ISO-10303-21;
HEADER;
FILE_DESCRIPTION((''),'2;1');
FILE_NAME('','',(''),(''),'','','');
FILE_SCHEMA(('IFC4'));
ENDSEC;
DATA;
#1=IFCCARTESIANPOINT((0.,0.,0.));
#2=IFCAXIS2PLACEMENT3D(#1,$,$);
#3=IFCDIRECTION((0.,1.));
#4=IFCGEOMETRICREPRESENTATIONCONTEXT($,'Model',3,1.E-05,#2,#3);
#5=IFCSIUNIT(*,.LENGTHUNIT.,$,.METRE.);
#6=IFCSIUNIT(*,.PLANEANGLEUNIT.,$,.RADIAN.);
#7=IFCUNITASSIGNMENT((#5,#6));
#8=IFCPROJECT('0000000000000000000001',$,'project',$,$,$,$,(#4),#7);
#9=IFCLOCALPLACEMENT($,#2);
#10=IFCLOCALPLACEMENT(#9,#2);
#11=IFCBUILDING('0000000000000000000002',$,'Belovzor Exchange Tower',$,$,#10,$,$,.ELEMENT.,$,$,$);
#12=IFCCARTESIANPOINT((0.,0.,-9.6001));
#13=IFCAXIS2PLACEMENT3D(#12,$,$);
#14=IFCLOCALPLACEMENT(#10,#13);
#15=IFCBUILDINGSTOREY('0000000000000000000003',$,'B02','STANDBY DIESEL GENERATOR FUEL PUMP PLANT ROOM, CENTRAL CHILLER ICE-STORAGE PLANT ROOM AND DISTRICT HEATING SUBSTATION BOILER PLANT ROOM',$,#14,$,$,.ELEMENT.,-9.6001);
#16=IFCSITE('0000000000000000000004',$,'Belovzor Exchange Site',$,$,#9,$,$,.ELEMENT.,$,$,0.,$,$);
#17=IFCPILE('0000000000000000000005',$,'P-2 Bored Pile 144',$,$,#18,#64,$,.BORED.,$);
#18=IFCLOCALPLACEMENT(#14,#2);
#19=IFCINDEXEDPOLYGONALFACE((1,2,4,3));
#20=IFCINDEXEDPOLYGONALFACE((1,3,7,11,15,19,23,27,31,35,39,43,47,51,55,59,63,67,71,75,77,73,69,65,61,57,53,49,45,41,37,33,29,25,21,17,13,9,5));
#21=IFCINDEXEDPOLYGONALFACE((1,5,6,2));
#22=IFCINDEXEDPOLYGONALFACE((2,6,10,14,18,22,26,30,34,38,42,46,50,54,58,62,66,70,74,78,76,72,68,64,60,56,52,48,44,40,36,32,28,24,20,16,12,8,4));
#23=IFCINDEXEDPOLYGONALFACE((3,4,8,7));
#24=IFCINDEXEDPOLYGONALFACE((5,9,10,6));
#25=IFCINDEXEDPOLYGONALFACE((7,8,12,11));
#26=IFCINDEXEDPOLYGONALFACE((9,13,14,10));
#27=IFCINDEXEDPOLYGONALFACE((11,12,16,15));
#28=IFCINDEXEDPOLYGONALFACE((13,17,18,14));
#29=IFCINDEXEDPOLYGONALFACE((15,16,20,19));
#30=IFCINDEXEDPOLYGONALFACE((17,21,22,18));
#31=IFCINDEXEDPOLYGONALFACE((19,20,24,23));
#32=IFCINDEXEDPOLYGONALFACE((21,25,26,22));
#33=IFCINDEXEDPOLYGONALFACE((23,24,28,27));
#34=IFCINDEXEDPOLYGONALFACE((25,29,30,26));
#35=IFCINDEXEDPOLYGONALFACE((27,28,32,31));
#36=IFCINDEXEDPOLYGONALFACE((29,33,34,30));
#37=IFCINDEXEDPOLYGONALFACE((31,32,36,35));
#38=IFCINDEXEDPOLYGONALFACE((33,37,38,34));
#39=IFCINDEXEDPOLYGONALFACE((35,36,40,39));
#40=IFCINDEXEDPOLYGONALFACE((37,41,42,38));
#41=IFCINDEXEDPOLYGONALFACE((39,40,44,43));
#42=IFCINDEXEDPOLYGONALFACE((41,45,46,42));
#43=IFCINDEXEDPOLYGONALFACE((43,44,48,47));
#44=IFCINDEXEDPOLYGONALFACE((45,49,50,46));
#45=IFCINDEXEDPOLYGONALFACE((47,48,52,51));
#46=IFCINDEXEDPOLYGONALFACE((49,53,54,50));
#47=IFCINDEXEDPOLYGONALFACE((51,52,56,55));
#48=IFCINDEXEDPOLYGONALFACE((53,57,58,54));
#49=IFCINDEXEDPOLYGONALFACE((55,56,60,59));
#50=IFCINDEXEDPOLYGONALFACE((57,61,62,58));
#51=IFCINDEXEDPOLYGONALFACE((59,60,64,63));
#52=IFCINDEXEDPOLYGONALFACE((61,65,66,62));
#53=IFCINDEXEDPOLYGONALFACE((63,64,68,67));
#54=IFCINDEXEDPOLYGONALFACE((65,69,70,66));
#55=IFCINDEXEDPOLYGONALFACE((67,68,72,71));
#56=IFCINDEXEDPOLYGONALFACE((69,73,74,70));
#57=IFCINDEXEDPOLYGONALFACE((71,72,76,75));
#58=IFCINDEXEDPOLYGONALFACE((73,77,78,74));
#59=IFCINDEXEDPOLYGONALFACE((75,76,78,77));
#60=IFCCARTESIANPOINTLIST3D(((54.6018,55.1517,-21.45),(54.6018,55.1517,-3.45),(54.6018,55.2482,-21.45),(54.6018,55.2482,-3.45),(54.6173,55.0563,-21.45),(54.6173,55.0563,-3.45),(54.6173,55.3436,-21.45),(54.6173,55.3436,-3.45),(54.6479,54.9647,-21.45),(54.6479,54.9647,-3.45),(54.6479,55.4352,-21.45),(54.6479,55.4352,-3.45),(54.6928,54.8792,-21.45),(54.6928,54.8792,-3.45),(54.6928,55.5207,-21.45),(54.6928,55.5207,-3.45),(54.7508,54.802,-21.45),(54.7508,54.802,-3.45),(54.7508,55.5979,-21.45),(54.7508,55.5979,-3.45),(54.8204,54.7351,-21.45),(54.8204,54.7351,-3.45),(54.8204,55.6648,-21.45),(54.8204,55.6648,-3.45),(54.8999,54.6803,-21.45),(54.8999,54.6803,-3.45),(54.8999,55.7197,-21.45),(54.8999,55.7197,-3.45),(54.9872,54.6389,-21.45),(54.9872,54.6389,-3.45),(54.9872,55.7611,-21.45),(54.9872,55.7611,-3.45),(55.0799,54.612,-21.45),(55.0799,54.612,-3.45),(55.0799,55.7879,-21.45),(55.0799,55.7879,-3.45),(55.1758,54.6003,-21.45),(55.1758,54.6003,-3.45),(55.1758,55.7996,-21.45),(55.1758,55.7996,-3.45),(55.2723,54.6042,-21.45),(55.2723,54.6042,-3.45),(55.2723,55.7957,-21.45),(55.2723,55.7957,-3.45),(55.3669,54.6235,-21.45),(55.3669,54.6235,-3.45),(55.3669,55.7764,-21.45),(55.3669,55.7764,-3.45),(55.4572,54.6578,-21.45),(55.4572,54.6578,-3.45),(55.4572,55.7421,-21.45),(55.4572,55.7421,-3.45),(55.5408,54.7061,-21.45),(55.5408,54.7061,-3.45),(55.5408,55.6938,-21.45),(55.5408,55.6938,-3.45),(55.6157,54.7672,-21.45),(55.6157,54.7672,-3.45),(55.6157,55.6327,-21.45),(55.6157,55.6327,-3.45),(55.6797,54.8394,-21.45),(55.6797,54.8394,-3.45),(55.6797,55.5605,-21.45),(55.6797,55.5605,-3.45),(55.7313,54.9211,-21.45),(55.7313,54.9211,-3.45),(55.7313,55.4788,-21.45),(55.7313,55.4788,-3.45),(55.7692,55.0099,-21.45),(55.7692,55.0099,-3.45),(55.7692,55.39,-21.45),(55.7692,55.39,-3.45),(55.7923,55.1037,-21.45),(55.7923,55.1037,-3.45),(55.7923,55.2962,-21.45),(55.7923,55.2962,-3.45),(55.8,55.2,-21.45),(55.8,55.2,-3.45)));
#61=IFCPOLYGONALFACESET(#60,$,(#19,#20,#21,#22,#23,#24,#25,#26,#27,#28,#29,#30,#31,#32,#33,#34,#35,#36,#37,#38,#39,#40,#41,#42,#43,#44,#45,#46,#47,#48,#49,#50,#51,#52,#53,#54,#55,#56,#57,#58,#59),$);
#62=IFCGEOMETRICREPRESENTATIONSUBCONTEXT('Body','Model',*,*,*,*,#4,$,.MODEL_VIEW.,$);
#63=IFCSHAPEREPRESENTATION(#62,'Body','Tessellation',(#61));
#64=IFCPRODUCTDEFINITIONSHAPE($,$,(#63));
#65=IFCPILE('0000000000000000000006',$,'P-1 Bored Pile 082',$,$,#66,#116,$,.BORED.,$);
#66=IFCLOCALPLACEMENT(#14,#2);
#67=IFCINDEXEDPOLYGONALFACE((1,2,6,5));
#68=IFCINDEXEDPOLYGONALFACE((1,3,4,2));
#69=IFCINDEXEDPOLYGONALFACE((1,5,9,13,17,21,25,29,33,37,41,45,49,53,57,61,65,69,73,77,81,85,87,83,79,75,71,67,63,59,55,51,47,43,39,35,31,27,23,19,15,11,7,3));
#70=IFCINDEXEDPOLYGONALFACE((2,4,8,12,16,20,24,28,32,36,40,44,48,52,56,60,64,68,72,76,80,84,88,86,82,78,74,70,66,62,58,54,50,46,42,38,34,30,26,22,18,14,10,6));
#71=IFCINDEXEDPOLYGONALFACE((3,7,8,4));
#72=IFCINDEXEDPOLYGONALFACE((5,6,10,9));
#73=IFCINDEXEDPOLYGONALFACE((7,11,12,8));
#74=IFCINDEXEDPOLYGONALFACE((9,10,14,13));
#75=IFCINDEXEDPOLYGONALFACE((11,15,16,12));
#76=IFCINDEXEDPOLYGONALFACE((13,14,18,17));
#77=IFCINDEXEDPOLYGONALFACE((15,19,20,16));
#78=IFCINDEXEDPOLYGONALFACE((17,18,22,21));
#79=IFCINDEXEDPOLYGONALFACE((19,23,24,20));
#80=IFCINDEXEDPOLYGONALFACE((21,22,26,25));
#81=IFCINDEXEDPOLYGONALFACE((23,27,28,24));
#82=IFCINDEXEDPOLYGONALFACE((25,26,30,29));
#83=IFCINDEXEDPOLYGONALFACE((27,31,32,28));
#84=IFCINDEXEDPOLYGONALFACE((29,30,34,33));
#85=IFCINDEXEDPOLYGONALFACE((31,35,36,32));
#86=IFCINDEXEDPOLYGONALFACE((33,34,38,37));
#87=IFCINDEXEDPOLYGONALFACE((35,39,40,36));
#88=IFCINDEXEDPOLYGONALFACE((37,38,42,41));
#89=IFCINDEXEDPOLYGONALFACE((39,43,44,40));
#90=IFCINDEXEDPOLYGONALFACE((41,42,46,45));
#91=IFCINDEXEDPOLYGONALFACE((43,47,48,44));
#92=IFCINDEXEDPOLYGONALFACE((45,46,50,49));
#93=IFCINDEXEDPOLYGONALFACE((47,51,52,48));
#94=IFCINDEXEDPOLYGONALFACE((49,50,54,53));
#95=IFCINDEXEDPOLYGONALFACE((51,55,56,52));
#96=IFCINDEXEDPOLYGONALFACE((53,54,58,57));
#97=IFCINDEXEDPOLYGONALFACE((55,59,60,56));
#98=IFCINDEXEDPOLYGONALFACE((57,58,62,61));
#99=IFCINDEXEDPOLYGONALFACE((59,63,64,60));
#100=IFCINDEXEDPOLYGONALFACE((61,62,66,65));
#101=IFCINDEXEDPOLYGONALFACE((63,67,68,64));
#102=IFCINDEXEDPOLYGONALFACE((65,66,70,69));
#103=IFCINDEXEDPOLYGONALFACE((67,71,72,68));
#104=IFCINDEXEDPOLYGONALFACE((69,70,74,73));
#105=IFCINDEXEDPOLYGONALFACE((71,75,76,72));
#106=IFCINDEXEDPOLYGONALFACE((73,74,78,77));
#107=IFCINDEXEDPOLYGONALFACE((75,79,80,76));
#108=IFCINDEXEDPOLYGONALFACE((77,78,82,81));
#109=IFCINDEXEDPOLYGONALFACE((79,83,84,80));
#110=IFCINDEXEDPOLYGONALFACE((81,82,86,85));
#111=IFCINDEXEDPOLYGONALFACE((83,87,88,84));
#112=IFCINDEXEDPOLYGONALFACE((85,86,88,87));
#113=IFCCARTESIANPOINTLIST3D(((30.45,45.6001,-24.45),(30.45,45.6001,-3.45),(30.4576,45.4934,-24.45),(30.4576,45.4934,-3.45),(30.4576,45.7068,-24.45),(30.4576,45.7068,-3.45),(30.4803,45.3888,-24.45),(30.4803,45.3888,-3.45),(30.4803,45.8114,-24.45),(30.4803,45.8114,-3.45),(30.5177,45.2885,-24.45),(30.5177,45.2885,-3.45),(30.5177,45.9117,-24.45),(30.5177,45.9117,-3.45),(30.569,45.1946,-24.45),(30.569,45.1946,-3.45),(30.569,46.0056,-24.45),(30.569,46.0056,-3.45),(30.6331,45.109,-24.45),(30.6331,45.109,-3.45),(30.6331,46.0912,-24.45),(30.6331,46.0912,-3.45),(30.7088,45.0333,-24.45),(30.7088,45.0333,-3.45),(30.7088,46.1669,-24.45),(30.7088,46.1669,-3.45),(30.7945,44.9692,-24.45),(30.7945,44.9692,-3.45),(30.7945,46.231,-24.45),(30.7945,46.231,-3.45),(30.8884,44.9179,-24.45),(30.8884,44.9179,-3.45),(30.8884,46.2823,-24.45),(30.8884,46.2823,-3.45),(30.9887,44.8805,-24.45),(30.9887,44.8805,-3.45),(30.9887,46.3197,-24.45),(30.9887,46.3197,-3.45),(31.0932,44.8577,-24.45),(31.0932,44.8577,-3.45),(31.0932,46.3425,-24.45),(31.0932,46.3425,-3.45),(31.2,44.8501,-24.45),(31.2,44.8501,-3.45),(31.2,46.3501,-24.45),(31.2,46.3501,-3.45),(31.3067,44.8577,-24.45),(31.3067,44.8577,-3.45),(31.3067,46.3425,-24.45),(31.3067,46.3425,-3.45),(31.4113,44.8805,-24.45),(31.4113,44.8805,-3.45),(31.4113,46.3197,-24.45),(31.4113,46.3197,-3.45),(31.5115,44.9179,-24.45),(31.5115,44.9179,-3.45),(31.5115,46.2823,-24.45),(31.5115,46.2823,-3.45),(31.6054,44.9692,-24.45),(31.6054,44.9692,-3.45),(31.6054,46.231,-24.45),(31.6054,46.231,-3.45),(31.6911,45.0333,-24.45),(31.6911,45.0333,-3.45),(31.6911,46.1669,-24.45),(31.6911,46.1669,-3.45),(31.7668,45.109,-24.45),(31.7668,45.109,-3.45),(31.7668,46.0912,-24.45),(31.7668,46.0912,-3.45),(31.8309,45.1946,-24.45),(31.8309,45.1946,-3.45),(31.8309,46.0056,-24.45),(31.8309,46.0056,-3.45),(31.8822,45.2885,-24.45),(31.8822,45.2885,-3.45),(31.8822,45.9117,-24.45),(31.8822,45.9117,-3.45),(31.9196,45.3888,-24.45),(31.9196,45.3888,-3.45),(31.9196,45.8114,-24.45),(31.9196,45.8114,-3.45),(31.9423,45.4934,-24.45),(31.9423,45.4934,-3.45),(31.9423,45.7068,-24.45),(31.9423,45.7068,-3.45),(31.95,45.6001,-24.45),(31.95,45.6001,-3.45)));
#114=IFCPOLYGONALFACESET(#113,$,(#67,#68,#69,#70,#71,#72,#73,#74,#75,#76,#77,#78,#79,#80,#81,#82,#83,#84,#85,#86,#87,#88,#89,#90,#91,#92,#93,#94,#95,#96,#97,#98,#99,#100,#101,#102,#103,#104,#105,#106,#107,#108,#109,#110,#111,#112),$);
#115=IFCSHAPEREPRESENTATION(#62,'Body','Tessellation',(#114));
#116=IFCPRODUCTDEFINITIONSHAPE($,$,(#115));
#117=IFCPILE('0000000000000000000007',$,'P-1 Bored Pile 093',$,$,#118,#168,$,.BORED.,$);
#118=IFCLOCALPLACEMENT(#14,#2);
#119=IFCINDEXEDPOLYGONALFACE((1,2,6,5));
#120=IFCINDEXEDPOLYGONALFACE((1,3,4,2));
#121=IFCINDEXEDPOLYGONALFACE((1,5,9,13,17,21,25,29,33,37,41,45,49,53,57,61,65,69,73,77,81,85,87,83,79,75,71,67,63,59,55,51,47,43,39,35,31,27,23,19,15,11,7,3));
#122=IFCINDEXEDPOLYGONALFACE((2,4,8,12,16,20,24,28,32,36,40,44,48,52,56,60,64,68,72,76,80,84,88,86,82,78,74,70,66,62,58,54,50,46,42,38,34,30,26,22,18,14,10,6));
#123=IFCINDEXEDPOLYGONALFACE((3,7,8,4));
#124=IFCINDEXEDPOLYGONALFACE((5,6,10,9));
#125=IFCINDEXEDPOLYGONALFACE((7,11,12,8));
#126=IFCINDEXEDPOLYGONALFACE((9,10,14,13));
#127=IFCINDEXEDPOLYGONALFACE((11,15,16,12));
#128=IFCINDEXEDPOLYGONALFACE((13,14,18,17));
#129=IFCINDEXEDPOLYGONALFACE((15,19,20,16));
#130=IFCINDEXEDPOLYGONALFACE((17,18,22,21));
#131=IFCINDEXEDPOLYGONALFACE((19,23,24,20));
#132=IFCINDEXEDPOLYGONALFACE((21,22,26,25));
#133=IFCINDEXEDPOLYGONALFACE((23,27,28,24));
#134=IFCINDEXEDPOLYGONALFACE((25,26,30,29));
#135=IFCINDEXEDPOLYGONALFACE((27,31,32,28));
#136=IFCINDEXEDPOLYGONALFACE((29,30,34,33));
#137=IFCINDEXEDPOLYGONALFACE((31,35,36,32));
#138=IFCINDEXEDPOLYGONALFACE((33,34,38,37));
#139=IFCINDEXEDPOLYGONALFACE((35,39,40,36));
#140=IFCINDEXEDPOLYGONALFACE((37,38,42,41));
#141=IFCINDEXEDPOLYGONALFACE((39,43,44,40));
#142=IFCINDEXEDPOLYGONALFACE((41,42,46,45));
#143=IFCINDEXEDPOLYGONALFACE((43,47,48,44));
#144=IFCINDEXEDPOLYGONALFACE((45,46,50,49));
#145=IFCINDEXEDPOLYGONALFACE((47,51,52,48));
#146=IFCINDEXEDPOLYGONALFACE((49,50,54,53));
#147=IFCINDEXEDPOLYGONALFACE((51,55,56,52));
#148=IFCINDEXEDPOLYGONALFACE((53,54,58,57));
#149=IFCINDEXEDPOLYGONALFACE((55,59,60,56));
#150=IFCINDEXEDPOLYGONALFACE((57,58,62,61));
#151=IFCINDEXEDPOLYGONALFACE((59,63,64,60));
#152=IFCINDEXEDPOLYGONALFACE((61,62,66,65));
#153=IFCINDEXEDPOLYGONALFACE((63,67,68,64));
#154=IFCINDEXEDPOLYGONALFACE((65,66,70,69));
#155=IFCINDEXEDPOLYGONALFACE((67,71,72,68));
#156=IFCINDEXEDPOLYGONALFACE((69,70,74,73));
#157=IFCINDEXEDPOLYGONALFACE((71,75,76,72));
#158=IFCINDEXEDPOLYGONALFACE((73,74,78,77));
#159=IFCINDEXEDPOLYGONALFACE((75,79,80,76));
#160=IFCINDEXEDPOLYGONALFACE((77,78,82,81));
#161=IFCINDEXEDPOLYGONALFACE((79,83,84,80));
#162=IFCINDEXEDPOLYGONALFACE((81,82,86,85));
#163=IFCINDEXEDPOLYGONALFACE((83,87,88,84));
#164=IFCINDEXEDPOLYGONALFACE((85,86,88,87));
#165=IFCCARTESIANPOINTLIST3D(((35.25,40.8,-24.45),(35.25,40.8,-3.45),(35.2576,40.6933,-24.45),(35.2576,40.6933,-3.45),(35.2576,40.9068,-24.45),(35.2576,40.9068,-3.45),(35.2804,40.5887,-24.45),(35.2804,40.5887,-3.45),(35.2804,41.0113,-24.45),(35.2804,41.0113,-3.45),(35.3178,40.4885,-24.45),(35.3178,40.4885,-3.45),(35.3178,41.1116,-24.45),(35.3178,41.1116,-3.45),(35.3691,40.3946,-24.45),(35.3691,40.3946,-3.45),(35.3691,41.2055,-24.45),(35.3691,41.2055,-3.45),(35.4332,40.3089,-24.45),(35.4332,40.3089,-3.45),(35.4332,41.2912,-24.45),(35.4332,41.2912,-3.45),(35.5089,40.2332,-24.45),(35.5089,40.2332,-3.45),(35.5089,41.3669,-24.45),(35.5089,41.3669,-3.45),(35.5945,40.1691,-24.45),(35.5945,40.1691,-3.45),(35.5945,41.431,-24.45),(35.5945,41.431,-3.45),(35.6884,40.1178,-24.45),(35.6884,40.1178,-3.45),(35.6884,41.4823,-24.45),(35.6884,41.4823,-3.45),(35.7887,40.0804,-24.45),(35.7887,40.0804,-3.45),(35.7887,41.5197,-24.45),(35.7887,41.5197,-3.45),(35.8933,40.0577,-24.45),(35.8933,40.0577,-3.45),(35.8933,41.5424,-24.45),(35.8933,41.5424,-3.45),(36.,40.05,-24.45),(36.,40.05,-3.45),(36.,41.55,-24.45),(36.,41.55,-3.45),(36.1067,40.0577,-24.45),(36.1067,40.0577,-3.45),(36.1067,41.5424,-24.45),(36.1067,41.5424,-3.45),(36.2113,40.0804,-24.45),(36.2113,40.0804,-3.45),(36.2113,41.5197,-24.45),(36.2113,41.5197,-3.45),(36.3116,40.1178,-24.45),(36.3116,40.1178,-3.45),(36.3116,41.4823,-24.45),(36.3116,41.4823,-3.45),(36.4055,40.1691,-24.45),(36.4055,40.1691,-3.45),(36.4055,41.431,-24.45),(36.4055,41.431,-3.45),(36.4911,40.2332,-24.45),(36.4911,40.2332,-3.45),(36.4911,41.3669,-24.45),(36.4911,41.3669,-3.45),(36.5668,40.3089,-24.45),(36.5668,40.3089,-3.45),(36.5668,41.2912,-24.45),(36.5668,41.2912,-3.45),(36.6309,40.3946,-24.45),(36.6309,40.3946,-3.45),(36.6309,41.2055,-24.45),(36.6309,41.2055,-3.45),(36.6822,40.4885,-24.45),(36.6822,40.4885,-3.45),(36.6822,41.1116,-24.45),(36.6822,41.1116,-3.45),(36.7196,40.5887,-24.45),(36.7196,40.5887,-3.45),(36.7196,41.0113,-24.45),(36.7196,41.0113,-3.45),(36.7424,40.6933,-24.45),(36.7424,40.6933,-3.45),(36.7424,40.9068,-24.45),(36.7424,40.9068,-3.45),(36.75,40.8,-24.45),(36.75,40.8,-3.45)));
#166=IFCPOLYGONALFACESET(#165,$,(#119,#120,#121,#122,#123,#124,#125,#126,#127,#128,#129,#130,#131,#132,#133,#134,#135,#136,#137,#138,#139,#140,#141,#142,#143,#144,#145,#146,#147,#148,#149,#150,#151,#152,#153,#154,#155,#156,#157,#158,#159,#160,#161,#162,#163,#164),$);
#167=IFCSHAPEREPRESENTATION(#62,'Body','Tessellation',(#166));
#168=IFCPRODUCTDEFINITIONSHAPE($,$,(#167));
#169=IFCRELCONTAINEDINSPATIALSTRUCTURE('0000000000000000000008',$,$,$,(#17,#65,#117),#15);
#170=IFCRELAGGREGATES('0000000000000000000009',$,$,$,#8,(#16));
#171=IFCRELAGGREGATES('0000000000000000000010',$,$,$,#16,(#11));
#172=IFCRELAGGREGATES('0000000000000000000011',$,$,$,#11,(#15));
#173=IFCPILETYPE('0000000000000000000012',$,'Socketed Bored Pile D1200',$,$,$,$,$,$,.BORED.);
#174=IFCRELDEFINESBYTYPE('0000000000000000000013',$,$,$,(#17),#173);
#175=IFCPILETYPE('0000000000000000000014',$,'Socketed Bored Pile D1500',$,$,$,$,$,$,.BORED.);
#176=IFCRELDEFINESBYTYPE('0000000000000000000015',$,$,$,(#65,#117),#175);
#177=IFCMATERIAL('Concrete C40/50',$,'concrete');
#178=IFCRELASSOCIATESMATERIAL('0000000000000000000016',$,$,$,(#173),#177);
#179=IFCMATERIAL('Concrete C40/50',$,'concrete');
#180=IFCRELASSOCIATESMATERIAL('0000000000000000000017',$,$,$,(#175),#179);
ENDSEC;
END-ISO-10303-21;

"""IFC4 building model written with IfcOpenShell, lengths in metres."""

from ifc_helpers import new_model, si_unit, direction, frame, origin, origin_2d, place, context, subcontext, project, spatial, circle, extrude, material, material_profile, profile_set, type_object, element, save


model = new_model("IFC4")

# Units and contexts
model_context = context("Model", 3, precision=1e-05, world=origin(), true_north=direction((0.0, 1.0)))
body_context = subcontext(model_context, "Body", "Model", "MODEL_VIEW")
ifc_project = project(units=[si_unit("LENGTHUNIT", "METRE"), si_unit("PLANEANGLEUNIT", "RADIAN")], contexts=[model_context])

# Site, building, storey
site_placement = place(None, origin())
site = spatial("IfcSite", under=ifc_project, at=site_placement, Name="Belovzor Exchange Site", CompositionType="ELEMENT", RefElevation=0.0)
building_placement = place(site_placement, origin())
building = spatial("IfcBuilding", under=site, at=building_placement, Name="Belovzor Exchange Tower", CompositionType="ELEMENT")
storey_placement = place(building_placement, frame((0.0, 0.0, -9.6001)))
storey = spatial("IfcBuildingStorey", under=building, at=storey_placement, Name="B02", Description="STANDBY DIESEL GENERATOR FUEL PUMP PLANT ROOM, CENTRAL CHILLER ICE-STORAGE PLANT ROOM AND DISTRICT HEATING SUBSTATION BOILER PLANT ROOM", CompositionType="ELEMENT", Elevation=-9.6001)

# Piles
ifc_material_1 = material(Name="Concrete C40/50", Category="concrete")
ifc_material_profile_1 = material_profile(ifc_material_1, circle(Radius=0.6001, at=origin_2d()))
ifc_profile_set_1 = profile_set([ifc_material_profile_1], Name="Concrete C40/50")
pile_type_1 = type_object("IfcPileType", Name="Socketed Bored Pile D1200", PredefinedType="BORED", material=ifc_profile_set_1)
for number, where, z_axis, x_axis, name in (
    (1, (55.2, 55.2, -3.45), (0.0, 0.0, -1.0), (1.0, 0.0, 0.0), "P-2 Bored Pile 144"),
):
    element("IfcPile", number, at=place(storey_placement, frame(where, z_axis=z_axis, x_axis=x_axis)), inside=storey, type_object=pile_type_1, Name=name, PredefinedType="BORED", context=body_context, shape_type="SweptSolid", body=[
        extrude(circle(Radius=0.6001, at=origin_2d()), origin(), (0.0, 0.0, 1.0), 18.0),
    ])
ifc_material_2 = material(Name="Concrete C40/50", Category="concrete")
ifc_material_profile_2 = material_profile(ifc_material_2, circle(Radius=0.75, at=origin_2d()))
ifc_profile_set_2 = profile_set([ifc_material_profile_2], Name="Concrete C40/50")
pile_type_2 = type_object("IfcPileType", Name="Socketed Bored Pile D1500", PredefinedType="BORED", material=ifc_profile_set_2)
for number, where, z_axis, x_axis, name in (
    (2, (31.2, 45.6001, -3.45), (0.0, 0.0, -1.0), (1.0, 0.0, 0.0), "P-1 Bored Pile 082"),
    (3, (36.0, 40.8, -3.45), (0.0, 0.0, -1.0), (1.0, 0.0, 0.0), "P-1 Bored Pile 093"),
):
    element("IfcPile", number, at=place(storey_placement, frame(where, z_axis=z_axis, x_axis=x_axis)), inside=storey, type_object=pile_type_2, Name=name, PredefinedType="BORED", context=body_context, shape_type="SweptSolid", body=[
        extrude(circle(Radius=0.75, at=origin_2d()), origin(), (0.0, 0.0, 1.0), 21.0),
    ])

save(model, "model.ifc")
